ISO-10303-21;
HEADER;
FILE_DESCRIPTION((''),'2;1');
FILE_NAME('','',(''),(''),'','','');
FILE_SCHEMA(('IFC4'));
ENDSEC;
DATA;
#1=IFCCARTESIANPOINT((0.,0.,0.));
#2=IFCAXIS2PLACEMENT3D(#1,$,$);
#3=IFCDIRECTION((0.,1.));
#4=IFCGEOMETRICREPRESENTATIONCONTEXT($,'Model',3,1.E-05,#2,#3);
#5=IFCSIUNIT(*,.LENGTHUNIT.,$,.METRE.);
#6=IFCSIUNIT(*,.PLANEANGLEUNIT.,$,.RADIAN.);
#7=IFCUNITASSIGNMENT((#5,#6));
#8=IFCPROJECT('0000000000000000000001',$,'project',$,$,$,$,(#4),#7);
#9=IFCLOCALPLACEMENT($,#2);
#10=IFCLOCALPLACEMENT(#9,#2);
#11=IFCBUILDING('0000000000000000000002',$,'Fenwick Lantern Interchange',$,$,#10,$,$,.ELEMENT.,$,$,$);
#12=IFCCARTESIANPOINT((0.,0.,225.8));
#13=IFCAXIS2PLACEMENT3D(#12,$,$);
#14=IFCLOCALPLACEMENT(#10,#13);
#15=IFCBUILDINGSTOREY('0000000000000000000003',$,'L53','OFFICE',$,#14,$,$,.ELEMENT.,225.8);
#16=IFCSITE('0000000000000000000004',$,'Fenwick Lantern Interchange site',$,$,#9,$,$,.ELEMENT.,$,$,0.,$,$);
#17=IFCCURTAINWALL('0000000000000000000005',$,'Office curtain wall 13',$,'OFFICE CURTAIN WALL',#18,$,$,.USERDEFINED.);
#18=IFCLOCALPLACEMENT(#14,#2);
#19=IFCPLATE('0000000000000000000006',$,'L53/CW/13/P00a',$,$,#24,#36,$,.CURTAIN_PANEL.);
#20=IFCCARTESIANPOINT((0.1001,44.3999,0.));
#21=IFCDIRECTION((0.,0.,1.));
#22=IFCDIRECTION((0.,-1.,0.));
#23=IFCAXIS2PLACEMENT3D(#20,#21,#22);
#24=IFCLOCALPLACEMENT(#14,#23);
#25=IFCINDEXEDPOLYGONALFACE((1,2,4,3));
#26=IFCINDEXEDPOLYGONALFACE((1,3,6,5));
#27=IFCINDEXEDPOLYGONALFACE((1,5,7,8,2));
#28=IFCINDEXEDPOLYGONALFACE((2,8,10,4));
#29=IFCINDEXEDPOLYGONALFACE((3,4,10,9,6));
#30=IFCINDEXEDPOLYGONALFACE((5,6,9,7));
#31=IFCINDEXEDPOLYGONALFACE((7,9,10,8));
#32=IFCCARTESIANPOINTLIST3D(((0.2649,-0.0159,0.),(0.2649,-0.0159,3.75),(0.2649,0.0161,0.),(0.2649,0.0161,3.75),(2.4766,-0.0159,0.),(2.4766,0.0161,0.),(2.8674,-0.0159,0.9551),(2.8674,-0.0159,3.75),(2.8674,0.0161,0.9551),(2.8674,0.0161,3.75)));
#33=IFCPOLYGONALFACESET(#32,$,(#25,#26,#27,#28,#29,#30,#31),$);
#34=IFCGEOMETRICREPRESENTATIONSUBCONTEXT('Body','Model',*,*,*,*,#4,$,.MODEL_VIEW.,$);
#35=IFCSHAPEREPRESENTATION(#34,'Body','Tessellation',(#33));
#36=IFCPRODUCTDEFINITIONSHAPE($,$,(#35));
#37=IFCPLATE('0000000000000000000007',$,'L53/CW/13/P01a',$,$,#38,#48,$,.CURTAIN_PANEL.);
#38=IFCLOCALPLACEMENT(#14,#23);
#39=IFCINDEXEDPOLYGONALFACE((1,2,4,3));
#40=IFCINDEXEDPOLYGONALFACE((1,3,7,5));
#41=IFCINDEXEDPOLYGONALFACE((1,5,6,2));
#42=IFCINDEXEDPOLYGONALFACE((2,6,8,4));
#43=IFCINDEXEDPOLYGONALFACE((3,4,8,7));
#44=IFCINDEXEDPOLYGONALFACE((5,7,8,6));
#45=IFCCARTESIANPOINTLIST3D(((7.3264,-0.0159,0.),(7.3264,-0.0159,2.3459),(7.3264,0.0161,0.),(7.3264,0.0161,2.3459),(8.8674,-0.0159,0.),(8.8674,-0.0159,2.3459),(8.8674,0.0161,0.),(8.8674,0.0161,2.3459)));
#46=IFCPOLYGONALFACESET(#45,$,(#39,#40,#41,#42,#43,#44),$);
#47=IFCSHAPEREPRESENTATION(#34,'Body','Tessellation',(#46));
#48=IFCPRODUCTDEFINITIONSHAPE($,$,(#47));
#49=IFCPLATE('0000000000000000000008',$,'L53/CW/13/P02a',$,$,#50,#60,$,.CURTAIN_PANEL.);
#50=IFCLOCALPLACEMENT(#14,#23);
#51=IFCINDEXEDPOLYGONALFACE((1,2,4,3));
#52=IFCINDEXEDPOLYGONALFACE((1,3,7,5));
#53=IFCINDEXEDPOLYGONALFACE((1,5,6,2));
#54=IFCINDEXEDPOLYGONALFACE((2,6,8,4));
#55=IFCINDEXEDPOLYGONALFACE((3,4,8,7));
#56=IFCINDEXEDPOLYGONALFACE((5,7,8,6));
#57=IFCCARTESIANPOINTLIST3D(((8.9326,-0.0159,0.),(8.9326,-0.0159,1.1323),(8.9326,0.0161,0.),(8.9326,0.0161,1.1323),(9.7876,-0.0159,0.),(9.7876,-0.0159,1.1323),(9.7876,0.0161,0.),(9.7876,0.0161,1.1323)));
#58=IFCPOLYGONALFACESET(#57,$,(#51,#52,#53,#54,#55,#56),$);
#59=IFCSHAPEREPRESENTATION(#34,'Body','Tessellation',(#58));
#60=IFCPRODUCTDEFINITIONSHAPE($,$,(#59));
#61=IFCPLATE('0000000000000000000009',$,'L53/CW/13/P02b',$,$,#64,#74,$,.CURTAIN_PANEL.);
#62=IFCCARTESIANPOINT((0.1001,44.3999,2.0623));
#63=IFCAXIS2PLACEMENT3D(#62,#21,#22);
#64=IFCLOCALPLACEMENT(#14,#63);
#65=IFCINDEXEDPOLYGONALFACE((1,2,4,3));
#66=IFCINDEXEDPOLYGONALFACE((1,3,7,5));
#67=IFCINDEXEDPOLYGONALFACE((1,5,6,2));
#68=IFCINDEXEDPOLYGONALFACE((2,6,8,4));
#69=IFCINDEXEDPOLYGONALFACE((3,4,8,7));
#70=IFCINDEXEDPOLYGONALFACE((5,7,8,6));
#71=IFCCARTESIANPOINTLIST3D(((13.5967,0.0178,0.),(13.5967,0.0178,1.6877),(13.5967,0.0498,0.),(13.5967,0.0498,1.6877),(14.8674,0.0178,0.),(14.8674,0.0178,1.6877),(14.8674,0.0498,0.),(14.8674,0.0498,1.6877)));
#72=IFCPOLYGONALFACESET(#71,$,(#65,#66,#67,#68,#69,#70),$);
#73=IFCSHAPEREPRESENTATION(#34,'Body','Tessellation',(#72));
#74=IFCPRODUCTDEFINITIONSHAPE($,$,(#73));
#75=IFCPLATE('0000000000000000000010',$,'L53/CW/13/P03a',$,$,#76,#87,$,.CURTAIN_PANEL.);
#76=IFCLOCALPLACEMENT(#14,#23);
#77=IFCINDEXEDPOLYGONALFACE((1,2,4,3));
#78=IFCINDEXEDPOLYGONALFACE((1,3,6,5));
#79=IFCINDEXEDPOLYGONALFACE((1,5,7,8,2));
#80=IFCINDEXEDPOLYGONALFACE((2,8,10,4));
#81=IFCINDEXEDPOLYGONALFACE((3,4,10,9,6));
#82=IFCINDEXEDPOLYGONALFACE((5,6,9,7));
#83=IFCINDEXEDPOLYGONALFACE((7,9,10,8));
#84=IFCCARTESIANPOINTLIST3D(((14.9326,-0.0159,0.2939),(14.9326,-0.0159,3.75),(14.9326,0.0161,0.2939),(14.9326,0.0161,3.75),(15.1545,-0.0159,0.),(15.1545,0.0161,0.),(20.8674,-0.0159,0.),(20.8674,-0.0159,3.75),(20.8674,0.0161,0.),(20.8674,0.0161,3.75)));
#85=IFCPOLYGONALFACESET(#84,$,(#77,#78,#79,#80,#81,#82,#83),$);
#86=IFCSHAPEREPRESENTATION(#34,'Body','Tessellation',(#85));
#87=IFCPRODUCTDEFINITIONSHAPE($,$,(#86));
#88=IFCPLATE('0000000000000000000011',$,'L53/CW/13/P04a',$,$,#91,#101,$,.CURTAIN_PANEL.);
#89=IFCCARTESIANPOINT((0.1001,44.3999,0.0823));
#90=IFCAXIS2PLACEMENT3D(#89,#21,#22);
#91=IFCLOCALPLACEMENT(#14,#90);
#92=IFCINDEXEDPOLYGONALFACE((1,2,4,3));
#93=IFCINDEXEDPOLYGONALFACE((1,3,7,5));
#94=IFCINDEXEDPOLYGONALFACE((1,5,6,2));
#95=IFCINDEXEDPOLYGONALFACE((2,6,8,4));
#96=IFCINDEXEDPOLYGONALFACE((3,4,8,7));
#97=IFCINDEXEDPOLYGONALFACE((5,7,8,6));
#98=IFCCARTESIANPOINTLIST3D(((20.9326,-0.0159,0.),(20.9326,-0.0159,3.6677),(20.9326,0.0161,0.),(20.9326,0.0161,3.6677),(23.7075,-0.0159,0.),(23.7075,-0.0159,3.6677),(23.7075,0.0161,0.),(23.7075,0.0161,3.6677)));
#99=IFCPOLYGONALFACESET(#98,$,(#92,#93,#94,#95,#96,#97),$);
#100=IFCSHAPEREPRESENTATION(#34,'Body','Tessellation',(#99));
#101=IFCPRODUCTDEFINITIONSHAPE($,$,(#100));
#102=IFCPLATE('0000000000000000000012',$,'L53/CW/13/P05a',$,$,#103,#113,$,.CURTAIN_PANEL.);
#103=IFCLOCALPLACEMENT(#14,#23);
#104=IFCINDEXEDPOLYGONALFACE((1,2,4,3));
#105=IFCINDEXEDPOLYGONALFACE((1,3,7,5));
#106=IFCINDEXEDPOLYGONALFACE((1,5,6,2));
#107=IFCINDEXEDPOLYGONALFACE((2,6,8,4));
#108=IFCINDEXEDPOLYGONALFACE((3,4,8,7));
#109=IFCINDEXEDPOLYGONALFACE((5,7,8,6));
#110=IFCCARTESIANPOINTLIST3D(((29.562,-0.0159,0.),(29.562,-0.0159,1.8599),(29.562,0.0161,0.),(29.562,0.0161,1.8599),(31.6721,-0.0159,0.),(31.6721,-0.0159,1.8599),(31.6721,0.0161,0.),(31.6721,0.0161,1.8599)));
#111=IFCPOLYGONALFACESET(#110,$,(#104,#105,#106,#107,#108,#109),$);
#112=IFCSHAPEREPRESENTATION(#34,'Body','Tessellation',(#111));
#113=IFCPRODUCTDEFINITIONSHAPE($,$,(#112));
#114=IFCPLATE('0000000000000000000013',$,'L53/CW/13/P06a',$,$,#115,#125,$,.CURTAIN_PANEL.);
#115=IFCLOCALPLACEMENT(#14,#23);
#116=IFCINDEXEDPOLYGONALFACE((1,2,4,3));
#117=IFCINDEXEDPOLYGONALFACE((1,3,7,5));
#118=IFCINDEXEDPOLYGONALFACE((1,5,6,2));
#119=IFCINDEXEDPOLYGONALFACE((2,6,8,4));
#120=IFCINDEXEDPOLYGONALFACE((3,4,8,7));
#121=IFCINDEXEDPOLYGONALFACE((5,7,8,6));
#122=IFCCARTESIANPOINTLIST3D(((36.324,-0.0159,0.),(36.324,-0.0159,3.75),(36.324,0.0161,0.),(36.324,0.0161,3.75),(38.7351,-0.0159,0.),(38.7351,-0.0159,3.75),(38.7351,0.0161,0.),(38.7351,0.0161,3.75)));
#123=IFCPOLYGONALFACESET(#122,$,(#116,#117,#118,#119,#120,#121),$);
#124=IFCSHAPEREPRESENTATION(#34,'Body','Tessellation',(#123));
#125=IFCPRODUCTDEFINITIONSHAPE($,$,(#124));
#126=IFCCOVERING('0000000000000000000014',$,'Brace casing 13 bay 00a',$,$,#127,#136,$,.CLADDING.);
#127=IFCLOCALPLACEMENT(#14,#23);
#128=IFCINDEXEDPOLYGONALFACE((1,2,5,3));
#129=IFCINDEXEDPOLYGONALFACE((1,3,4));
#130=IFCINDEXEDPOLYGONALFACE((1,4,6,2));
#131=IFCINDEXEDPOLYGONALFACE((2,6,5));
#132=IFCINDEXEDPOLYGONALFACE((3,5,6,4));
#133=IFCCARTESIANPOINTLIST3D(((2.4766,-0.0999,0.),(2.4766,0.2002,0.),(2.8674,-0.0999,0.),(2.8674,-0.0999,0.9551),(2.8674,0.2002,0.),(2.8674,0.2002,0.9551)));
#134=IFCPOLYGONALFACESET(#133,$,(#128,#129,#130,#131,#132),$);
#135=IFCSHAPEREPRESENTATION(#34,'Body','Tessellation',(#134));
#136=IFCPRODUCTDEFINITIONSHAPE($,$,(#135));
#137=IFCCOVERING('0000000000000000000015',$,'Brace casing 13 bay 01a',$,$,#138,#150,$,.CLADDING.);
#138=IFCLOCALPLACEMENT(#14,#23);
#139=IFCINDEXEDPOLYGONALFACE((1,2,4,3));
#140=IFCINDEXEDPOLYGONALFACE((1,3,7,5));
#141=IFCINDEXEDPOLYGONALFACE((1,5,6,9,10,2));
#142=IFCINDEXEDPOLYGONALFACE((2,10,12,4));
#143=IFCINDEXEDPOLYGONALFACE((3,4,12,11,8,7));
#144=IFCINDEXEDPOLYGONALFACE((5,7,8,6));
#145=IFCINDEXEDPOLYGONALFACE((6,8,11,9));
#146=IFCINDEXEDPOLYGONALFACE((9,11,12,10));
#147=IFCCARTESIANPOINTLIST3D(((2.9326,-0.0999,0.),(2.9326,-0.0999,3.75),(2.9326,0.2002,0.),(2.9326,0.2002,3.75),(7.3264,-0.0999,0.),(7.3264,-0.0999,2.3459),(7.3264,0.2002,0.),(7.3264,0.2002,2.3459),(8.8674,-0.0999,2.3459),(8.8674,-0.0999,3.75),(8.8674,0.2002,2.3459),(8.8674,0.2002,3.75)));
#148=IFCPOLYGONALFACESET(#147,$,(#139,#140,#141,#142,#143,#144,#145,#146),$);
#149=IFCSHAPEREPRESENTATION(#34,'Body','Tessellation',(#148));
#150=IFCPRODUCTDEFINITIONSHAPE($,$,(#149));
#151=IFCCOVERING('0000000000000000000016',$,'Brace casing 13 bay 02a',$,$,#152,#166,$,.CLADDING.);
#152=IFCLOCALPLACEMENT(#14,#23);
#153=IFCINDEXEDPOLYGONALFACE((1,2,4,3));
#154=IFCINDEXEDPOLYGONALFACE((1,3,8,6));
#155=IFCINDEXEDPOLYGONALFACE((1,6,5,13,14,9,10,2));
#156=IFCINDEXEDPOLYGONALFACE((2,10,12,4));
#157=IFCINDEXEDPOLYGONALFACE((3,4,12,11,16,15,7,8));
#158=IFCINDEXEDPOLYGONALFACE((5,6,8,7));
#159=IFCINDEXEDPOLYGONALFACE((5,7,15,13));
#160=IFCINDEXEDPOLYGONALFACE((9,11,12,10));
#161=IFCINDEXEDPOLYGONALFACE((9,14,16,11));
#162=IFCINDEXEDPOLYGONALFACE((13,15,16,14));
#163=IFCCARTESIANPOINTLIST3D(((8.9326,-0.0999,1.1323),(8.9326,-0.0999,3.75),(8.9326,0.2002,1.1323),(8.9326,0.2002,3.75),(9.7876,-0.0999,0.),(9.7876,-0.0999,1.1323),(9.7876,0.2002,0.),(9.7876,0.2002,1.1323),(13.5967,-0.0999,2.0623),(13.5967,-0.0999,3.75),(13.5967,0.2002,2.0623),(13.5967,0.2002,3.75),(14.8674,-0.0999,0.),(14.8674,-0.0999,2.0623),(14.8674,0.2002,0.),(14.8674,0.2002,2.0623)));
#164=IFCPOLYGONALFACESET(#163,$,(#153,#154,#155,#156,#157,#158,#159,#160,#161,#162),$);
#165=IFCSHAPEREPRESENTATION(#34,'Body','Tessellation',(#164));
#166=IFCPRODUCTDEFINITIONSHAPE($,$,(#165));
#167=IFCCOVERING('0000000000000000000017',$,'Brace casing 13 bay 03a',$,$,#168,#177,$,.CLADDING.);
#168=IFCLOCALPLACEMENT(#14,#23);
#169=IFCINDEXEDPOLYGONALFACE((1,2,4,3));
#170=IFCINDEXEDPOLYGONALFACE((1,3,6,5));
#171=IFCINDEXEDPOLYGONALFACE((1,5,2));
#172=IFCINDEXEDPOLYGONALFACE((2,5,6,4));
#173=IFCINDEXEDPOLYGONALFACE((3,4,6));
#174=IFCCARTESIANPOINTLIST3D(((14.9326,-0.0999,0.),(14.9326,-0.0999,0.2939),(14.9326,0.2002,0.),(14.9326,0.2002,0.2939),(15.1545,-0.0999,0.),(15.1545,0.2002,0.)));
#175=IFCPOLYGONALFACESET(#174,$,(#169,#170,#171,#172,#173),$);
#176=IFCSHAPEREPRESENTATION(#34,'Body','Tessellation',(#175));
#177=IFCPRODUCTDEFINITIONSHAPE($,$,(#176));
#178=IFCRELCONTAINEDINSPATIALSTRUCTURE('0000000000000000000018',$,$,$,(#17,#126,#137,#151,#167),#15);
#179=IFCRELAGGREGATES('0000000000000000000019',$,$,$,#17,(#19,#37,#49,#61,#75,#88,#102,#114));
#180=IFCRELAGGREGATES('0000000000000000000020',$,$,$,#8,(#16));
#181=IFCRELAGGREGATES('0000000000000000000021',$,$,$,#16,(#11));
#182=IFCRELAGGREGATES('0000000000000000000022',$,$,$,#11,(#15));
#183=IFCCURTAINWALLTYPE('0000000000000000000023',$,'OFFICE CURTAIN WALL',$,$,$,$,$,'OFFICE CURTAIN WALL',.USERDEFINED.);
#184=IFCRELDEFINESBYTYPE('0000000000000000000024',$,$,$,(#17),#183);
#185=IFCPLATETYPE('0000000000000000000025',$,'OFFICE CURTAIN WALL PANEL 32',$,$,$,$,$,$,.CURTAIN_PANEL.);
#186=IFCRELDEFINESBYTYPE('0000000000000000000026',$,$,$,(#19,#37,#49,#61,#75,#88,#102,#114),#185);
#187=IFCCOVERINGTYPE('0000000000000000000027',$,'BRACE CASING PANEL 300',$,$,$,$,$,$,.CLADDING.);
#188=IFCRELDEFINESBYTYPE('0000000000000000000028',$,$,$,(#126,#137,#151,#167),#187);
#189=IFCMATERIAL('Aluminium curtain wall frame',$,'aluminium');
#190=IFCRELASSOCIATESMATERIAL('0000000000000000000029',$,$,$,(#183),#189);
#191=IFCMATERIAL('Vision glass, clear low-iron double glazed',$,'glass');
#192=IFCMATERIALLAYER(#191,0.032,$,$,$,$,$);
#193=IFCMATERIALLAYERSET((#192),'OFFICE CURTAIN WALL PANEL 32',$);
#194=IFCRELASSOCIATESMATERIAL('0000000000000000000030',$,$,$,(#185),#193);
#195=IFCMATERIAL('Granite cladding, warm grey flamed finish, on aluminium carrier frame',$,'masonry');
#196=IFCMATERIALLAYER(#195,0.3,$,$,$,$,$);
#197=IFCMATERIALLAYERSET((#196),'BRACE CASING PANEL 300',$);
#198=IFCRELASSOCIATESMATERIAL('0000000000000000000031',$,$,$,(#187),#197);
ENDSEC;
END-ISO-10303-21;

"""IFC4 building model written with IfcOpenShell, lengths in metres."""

from ifc_helpers import new_model, si_unit, direction, frame, origin, place, context, subcontext, project, spatial, polyline, outline, extrude, material, layer, layer_set, type_object, element, aggregate, save


model = new_model("IFC4")

# Units and contexts
model_context = context("Model", 3, precision=1e-05, world=origin(), true_north=direction((0.0, 1.0)))
body_context = subcontext(model_context, "Body", "Model", "MODEL_VIEW")
ifc_project = project(units=[si_unit("LENGTHUNIT", "METRE"), si_unit("PLANEANGLEUNIT", "RADIAN")], contexts=[model_context])

# Site, building, storey
site_placement = place(None, origin())
site = spatial("IfcSite", under=ifc_project, at=site_placement, Name="Fenwick Lantern Interchange site", CompositionType="ELEMENT", RefElevation=0.0)
building_placement = place(site_placement, origin())
building = spatial("IfcBuilding", under=site, at=building_placement, Name="Fenwick Lantern Interchange", CompositionType="ELEMENT")
storey_placement = place(building_placement, frame((0.0, 0.0, 225.8)))
storey = spatial("IfcBuildingStorey", under=building, at=storey_placement, Name="L53", Description="OFFICE", CompositionType="ELEMENT", Elevation=225.8)

# Shared definitions
ifc_material_1 = material(Name="Aluminium curtain wall frame", Category="aluminium")
curtain_wall_type = type_object("IfcCurtainWallType", Name="OFFICE CURTAIN WALL", ElementType="OFFICE CURTAIN WALL", PredefinedType="USERDEFINED", material=ifc_material_1)

# Curtain wall
curtain_wall_1_placement = place(storey_placement, origin())
curtain_wall_1 = element("IfcCurtainWall", 1, at=curtain_wall_1_placement, inside=storey, type_object=curtain_wall_type, Name="Office curtain wall 13", ObjectType="OFFICE CURTAIN WALL", PredefinedType="USERDEFINED")

# Plates
ifc_material_2 = material(Name="Vision glass, clear low-iron double glazed", Category="glass")
ifc_layer_1 = layer(ifc_material_2, 0.032)
ifc_layer_set_1 = layer_set([ifc_layer_1], Name="OFFICE CURTAIN WALL PANEL 32")
plate_type = type_object("IfcPlateType", Name="OFFICE CURTAIN WALL PANEL 32", PredefinedType="CURTAIN_PANEL", material=ifc_layer_set_1)
plate_1_placement = place(storey_placement, frame((0.1001, 44.3999, 0.0), z_axis=(0.0, 0.0, 1.0), x_axis=(0.0, -1.0, 0.0)))
plate_1 = element("IfcPlate", 2, at=plate_1_placement, type_object=plate_type, Name="L53/CW/13/P00a", PredefinedType="CURTAIN_PANEL", context=body_context, shape_type="SweptSolid", body=[
    extrude(outline(polyline([(0.2649, 0.0), (2.4766, 0.0), (2.8674, 0.9551), (2.8674, 3.75), (0.2649, 3.75), (0.2649, 0.0)])), frame((0.0, 0.0161, 0.0), z_axis=(0.0, -1.0, 0.0), x_axis=(1.0, 0.0, 0.0)), (0.0, 0.0, 1.0), 0.032),
])
plate_2_placement = place(storey_placement, frame((0.1001, 44.3999, 0.0), z_axis=(0.0, 0.0, 1.0), x_axis=(0.0, -1.0, 0.0)))
plate_2 = element("IfcPlate", 3, at=plate_2_placement, type_object=plate_type, Name="L53/CW/13/P01a", PredefinedType="CURTAIN_PANEL", context=body_context, shape_type="SweptSolid", body=[
    extrude(outline(polyline([(7.3264, 0.0), (8.8674, 0.0), (8.8674, 2.3459), (7.3264, 2.3459), (7.3264, 0.0)])), frame((0.0, 0.0161, 0.0), z_axis=(0.0, -1.0, 0.0), x_axis=(1.0, 0.0, 0.0)), (0.0, 0.0, 1.0), 0.032),
])
plate_3_placement = place(storey_placement, frame((0.1001, 44.3999, 0.0), z_axis=(0.0, 0.0, 1.0), x_axis=(0.0, -1.0, 0.0)))
plate_3 = element("IfcPlate", 4, at=plate_3_placement, type_object=plate_type, Name="L53/CW/13/P02a", PredefinedType="CURTAIN_PANEL", context=body_context, shape_type="SweptSolid", body=[
    extrude(outline(polyline([(8.9326, 0.0), (9.7876, 0.0), (9.7876, 1.1323), (8.9326, 1.1323), (8.9326, 0.0)])), frame((0.0, 0.0161, 0.0), z_axis=(0.0, -1.0, 0.0), x_axis=(1.0, 0.0, 0.0)), (0.0, 0.0, 1.0), 0.032),
])
plate_4_placement = place(storey_placement, frame((0.1001, 44.3999, 2.0623), z_axis=(0.0, 0.0, 1.0), x_axis=(0.0, -1.0, 0.0)))
plate_4 = element("IfcPlate", 5, at=plate_4_placement, type_object=plate_type, Name="L53/CW/13/P02b", PredefinedType="CURTAIN_PANEL", context=body_context, shape_type="SweptSolid", body=[
    extrude(outline(polyline([(13.5967, 0.0), (14.8674, 0.0), (14.8674, 1.6877), (13.5967, 1.6877), (13.5967, 0.0)])), frame((0.0, 0.0498, 0.0), z_axis=(0.0, -1.0, 0.0), x_axis=(1.0, 0.0, 0.0)), (0.0, 0.0, 1.0), 0.032),
])
plate_5_placement = place(storey_placement, frame((0.1001, 44.3999, 0.0), z_axis=(0.0, 0.0, 1.0), x_axis=(0.0, -1.0, 0.0)))
plate_5 = element("IfcPlate", 6, at=plate_5_placement, type_object=plate_type, Name="L53/CW/13/P03a", PredefinedType="CURTAIN_PANEL", context=body_context, shape_type="SweptSolid", body=[
    extrude(outline(polyline([(15.1545, 0.0), (20.8674, 0.0), (20.8674, 3.75), (14.9326, 3.75), (14.9326, 0.2939), (15.1545, 0.0)])), frame((0.0, 0.0161, 0.0), z_axis=(0.0, -1.0, 0.0), x_axis=(1.0, 0.0, 0.0)), (0.0, 0.0, 1.0), 0.032),
])
plate_6_placement = place(storey_placement, frame((0.1001, 44.3999, 0.0823), z_axis=(0.0, 0.0, 1.0), x_axis=(0.0, -1.0, 0.0)))
plate_6 = element("IfcPlate", 7, at=plate_6_placement, type_object=plate_type, Name="L53/CW/13/P04a", PredefinedType="CURTAIN_PANEL", context=body_context, shape_type="SweptSolid", body=[
    extrude(outline(polyline([(20.9326, 0.0), (23.7075, 0.0), (23.7075, 3.6677), (20.9326, 3.6677), (20.9326, 0.0)])), frame((0.0, 0.0161, 0.0), z_axis=(0.0, -1.0, 0.0), x_axis=(1.0, 0.0, 0.0)), (0.0, 0.0, 1.0), 0.032),
])
plate_7_placement = place(storey_placement, frame((0.1001, 44.3999, 0.0), z_axis=(0.0, 0.0, 1.0), x_axis=(0.0, -1.0, 0.0)))
plate_7 = element("IfcPlate", 8, at=plate_7_placement, type_object=plate_type, Name="L53/CW/13/P05a", PredefinedType="CURTAIN_PANEL", context=body_context, shape_type="SweptSolid", body=[
    extrude(outline(polyline([(29.562, 0.0), (31.6721, 0.0), (31.6721, 1.8599), (29.562, 1.8599), (29.562, 0.0)])), frame((0.0, 0.0161, 0.0), z_axis=(0.0, -1.0, 0.0), x_axis=(1.0, 0.0, 0.0)), (0.0, 0.0, 1.0), 0.032),
])
plate_8_placement = place(storey_placement, frame((0.1001, 44.3999, 0.0), z_axis=(0.0, 0.0, 1.0), x_axis=(0.0, -1.0, 0.0)))
plate_8 = element("IfcPlate", 9, at=plate_8_placement, type_object=plate_type, Name="L53/CW/13/P06a", PredefinedType="CURTAIN_PANEL", context=body_context, shape_type="SweptSolid", body=[
    extrude(outline(polyline([(36.324, 0.0), (38.7351, 0.0), (38.7351, 3.75), (36.324, 3.75), (36.324, 0.0)])), frame((0.0, 0.0161, 0.0), z_axis=(0.0, -1.0, 0.0), x_axis=(1.0, 0.0, 0.0)), (0.0, 0.0, 1.0), 0.032),
])
aggregate(curtain_wall_1, [plate_1, plate_2, plate_3, plate_4, plate_5, plate_6, plate_7, plate_8])

# Coverings
ifc_material_3 = material(Name="Granite cladding, warm grey flamed finish, on aluminium carrier frame", Category="masonry")
ifc_layer_2 = layer(ifc_material_3, 0.3)
ifc_layer_set_2 = layer_set([ifc_layer_2], Name="BRACE CASING PANEL 300")
covering_type = type_object("IfcCoveringType", Name="BRACE CASING PANEL 300", PredefinedType="CLADDING", material=ifc_layer_set_2)
covering_1_placement = place(storey_placement, frame((0.1001, 44.3999, 0.0), z_axis=(0.0, 0.0, 1.0), x_axis=(0.0, -1.0, 0.0)))
element("IfcCovering", 10, at=covering_1_placement, inside=storey, type_object=covering_type, Name="Brace casing 13 bay 00a", PredefinedType="CLADDING", context=body_context, shape_type="SweptSolid", body=[
    extrude(outline(polyline([(2.4766, 0.0), (2.8674, 0.0), (2.8674, 0.9551), (2.4766, 0.0)])), frame((0.0, 0.2002, 0.0), z_axis=(0.0, -1.0, 0.0), x_axis=(1.0, 0.0, 0.0)), (0.0, 0.0, 1.0), 0.3),
])
covering_2_placement = place(storey_placement, frame((0.1001, 44.3999, 0.0), z_axis=(0.0, 0.0, 1.0), x_axis=(0.0, -1.0, 0.0)))
element("IfcCovering", 11, at=covering_2_placement, inside=storey, type_object=covering_type, Name="Brace casing 13 bay 01a", PredefinedType="CLADDING", context=body_context, shape_type="SweptSolid", body=[
    extrude(outline(polyline([(2.9326, 0.0), (7.3264, 0.0), (7.3264, 2.3459), (8.8674, 2.3459), (8.8674, 3.75), (2.9326, 3.75), (2.9326, 0.0)])), frame((0.0, 0.2002, 0.0), z_axis=(0.0, -1.0, 0.0), x_axis=(1.0, 0.0, 0.0)), (0.0, 0.0, 1.0), 0.3),
])
covering_3_placement = place(storey_placement, frame((0.1001, 44.3999, 0.0), z_axis=(0.0, 0.0, 1.0), x_axis=(0.0, -1.0, 0.0)))
element("IfcCovering", 12, at=covering_3_placement, inside=storey, type_object=covering_type, Name="Brace casing 13 bay 02a", PredefinedType="CLADDING", context=body_context, shape_type="SweptSolid", body=[
    extrude(outline(polyline([(9.7876, 0.0), (14.8674, 0.0), (14.8674, 2.0623), (13.5967, 2.0623), (13.5967, 3.75), (8.9326, 3.75), (8.9326, 1.1323), (9.7876, 1.1323), (9.7876, 0.0)])), frame((0.0, 0.2002, 0.0), z_axis=(0.0, -1.0, 0.0), x_axis=(1.0, 0.0, 0.0)), (0.0, 0.0, 1.0), 0.3),
])
covering_4_placement = place(storey_placement, frame((0.1001, 44.3999, 0.0), z_axis=(0.0, 0.0, 1.0), x_axis=(0.0, -1.0, 0.0)))
element("IfcCovering", 13, at=covering_4_placement, inside=storey, type_object=covering_type, Name="Brace casing 13 bay 03a", PredefinedType="CLADDING", context=body_context, shape_type="SweptSolid", body=[
    extrude(outline(polyline([(14.9326, 0.0), (15.1545, 0.0), (14.9326, 0.2939), (14.9326, 0.0)])), frame((0.0, 0.2002, 0.0), z_axis=(0.0, -1.0, 0.0), x_axis=(1.0, 0.0, 0.0)), (0.0, 0.0, 1.0), 0.3),
])

save(model, "model.ifc")
